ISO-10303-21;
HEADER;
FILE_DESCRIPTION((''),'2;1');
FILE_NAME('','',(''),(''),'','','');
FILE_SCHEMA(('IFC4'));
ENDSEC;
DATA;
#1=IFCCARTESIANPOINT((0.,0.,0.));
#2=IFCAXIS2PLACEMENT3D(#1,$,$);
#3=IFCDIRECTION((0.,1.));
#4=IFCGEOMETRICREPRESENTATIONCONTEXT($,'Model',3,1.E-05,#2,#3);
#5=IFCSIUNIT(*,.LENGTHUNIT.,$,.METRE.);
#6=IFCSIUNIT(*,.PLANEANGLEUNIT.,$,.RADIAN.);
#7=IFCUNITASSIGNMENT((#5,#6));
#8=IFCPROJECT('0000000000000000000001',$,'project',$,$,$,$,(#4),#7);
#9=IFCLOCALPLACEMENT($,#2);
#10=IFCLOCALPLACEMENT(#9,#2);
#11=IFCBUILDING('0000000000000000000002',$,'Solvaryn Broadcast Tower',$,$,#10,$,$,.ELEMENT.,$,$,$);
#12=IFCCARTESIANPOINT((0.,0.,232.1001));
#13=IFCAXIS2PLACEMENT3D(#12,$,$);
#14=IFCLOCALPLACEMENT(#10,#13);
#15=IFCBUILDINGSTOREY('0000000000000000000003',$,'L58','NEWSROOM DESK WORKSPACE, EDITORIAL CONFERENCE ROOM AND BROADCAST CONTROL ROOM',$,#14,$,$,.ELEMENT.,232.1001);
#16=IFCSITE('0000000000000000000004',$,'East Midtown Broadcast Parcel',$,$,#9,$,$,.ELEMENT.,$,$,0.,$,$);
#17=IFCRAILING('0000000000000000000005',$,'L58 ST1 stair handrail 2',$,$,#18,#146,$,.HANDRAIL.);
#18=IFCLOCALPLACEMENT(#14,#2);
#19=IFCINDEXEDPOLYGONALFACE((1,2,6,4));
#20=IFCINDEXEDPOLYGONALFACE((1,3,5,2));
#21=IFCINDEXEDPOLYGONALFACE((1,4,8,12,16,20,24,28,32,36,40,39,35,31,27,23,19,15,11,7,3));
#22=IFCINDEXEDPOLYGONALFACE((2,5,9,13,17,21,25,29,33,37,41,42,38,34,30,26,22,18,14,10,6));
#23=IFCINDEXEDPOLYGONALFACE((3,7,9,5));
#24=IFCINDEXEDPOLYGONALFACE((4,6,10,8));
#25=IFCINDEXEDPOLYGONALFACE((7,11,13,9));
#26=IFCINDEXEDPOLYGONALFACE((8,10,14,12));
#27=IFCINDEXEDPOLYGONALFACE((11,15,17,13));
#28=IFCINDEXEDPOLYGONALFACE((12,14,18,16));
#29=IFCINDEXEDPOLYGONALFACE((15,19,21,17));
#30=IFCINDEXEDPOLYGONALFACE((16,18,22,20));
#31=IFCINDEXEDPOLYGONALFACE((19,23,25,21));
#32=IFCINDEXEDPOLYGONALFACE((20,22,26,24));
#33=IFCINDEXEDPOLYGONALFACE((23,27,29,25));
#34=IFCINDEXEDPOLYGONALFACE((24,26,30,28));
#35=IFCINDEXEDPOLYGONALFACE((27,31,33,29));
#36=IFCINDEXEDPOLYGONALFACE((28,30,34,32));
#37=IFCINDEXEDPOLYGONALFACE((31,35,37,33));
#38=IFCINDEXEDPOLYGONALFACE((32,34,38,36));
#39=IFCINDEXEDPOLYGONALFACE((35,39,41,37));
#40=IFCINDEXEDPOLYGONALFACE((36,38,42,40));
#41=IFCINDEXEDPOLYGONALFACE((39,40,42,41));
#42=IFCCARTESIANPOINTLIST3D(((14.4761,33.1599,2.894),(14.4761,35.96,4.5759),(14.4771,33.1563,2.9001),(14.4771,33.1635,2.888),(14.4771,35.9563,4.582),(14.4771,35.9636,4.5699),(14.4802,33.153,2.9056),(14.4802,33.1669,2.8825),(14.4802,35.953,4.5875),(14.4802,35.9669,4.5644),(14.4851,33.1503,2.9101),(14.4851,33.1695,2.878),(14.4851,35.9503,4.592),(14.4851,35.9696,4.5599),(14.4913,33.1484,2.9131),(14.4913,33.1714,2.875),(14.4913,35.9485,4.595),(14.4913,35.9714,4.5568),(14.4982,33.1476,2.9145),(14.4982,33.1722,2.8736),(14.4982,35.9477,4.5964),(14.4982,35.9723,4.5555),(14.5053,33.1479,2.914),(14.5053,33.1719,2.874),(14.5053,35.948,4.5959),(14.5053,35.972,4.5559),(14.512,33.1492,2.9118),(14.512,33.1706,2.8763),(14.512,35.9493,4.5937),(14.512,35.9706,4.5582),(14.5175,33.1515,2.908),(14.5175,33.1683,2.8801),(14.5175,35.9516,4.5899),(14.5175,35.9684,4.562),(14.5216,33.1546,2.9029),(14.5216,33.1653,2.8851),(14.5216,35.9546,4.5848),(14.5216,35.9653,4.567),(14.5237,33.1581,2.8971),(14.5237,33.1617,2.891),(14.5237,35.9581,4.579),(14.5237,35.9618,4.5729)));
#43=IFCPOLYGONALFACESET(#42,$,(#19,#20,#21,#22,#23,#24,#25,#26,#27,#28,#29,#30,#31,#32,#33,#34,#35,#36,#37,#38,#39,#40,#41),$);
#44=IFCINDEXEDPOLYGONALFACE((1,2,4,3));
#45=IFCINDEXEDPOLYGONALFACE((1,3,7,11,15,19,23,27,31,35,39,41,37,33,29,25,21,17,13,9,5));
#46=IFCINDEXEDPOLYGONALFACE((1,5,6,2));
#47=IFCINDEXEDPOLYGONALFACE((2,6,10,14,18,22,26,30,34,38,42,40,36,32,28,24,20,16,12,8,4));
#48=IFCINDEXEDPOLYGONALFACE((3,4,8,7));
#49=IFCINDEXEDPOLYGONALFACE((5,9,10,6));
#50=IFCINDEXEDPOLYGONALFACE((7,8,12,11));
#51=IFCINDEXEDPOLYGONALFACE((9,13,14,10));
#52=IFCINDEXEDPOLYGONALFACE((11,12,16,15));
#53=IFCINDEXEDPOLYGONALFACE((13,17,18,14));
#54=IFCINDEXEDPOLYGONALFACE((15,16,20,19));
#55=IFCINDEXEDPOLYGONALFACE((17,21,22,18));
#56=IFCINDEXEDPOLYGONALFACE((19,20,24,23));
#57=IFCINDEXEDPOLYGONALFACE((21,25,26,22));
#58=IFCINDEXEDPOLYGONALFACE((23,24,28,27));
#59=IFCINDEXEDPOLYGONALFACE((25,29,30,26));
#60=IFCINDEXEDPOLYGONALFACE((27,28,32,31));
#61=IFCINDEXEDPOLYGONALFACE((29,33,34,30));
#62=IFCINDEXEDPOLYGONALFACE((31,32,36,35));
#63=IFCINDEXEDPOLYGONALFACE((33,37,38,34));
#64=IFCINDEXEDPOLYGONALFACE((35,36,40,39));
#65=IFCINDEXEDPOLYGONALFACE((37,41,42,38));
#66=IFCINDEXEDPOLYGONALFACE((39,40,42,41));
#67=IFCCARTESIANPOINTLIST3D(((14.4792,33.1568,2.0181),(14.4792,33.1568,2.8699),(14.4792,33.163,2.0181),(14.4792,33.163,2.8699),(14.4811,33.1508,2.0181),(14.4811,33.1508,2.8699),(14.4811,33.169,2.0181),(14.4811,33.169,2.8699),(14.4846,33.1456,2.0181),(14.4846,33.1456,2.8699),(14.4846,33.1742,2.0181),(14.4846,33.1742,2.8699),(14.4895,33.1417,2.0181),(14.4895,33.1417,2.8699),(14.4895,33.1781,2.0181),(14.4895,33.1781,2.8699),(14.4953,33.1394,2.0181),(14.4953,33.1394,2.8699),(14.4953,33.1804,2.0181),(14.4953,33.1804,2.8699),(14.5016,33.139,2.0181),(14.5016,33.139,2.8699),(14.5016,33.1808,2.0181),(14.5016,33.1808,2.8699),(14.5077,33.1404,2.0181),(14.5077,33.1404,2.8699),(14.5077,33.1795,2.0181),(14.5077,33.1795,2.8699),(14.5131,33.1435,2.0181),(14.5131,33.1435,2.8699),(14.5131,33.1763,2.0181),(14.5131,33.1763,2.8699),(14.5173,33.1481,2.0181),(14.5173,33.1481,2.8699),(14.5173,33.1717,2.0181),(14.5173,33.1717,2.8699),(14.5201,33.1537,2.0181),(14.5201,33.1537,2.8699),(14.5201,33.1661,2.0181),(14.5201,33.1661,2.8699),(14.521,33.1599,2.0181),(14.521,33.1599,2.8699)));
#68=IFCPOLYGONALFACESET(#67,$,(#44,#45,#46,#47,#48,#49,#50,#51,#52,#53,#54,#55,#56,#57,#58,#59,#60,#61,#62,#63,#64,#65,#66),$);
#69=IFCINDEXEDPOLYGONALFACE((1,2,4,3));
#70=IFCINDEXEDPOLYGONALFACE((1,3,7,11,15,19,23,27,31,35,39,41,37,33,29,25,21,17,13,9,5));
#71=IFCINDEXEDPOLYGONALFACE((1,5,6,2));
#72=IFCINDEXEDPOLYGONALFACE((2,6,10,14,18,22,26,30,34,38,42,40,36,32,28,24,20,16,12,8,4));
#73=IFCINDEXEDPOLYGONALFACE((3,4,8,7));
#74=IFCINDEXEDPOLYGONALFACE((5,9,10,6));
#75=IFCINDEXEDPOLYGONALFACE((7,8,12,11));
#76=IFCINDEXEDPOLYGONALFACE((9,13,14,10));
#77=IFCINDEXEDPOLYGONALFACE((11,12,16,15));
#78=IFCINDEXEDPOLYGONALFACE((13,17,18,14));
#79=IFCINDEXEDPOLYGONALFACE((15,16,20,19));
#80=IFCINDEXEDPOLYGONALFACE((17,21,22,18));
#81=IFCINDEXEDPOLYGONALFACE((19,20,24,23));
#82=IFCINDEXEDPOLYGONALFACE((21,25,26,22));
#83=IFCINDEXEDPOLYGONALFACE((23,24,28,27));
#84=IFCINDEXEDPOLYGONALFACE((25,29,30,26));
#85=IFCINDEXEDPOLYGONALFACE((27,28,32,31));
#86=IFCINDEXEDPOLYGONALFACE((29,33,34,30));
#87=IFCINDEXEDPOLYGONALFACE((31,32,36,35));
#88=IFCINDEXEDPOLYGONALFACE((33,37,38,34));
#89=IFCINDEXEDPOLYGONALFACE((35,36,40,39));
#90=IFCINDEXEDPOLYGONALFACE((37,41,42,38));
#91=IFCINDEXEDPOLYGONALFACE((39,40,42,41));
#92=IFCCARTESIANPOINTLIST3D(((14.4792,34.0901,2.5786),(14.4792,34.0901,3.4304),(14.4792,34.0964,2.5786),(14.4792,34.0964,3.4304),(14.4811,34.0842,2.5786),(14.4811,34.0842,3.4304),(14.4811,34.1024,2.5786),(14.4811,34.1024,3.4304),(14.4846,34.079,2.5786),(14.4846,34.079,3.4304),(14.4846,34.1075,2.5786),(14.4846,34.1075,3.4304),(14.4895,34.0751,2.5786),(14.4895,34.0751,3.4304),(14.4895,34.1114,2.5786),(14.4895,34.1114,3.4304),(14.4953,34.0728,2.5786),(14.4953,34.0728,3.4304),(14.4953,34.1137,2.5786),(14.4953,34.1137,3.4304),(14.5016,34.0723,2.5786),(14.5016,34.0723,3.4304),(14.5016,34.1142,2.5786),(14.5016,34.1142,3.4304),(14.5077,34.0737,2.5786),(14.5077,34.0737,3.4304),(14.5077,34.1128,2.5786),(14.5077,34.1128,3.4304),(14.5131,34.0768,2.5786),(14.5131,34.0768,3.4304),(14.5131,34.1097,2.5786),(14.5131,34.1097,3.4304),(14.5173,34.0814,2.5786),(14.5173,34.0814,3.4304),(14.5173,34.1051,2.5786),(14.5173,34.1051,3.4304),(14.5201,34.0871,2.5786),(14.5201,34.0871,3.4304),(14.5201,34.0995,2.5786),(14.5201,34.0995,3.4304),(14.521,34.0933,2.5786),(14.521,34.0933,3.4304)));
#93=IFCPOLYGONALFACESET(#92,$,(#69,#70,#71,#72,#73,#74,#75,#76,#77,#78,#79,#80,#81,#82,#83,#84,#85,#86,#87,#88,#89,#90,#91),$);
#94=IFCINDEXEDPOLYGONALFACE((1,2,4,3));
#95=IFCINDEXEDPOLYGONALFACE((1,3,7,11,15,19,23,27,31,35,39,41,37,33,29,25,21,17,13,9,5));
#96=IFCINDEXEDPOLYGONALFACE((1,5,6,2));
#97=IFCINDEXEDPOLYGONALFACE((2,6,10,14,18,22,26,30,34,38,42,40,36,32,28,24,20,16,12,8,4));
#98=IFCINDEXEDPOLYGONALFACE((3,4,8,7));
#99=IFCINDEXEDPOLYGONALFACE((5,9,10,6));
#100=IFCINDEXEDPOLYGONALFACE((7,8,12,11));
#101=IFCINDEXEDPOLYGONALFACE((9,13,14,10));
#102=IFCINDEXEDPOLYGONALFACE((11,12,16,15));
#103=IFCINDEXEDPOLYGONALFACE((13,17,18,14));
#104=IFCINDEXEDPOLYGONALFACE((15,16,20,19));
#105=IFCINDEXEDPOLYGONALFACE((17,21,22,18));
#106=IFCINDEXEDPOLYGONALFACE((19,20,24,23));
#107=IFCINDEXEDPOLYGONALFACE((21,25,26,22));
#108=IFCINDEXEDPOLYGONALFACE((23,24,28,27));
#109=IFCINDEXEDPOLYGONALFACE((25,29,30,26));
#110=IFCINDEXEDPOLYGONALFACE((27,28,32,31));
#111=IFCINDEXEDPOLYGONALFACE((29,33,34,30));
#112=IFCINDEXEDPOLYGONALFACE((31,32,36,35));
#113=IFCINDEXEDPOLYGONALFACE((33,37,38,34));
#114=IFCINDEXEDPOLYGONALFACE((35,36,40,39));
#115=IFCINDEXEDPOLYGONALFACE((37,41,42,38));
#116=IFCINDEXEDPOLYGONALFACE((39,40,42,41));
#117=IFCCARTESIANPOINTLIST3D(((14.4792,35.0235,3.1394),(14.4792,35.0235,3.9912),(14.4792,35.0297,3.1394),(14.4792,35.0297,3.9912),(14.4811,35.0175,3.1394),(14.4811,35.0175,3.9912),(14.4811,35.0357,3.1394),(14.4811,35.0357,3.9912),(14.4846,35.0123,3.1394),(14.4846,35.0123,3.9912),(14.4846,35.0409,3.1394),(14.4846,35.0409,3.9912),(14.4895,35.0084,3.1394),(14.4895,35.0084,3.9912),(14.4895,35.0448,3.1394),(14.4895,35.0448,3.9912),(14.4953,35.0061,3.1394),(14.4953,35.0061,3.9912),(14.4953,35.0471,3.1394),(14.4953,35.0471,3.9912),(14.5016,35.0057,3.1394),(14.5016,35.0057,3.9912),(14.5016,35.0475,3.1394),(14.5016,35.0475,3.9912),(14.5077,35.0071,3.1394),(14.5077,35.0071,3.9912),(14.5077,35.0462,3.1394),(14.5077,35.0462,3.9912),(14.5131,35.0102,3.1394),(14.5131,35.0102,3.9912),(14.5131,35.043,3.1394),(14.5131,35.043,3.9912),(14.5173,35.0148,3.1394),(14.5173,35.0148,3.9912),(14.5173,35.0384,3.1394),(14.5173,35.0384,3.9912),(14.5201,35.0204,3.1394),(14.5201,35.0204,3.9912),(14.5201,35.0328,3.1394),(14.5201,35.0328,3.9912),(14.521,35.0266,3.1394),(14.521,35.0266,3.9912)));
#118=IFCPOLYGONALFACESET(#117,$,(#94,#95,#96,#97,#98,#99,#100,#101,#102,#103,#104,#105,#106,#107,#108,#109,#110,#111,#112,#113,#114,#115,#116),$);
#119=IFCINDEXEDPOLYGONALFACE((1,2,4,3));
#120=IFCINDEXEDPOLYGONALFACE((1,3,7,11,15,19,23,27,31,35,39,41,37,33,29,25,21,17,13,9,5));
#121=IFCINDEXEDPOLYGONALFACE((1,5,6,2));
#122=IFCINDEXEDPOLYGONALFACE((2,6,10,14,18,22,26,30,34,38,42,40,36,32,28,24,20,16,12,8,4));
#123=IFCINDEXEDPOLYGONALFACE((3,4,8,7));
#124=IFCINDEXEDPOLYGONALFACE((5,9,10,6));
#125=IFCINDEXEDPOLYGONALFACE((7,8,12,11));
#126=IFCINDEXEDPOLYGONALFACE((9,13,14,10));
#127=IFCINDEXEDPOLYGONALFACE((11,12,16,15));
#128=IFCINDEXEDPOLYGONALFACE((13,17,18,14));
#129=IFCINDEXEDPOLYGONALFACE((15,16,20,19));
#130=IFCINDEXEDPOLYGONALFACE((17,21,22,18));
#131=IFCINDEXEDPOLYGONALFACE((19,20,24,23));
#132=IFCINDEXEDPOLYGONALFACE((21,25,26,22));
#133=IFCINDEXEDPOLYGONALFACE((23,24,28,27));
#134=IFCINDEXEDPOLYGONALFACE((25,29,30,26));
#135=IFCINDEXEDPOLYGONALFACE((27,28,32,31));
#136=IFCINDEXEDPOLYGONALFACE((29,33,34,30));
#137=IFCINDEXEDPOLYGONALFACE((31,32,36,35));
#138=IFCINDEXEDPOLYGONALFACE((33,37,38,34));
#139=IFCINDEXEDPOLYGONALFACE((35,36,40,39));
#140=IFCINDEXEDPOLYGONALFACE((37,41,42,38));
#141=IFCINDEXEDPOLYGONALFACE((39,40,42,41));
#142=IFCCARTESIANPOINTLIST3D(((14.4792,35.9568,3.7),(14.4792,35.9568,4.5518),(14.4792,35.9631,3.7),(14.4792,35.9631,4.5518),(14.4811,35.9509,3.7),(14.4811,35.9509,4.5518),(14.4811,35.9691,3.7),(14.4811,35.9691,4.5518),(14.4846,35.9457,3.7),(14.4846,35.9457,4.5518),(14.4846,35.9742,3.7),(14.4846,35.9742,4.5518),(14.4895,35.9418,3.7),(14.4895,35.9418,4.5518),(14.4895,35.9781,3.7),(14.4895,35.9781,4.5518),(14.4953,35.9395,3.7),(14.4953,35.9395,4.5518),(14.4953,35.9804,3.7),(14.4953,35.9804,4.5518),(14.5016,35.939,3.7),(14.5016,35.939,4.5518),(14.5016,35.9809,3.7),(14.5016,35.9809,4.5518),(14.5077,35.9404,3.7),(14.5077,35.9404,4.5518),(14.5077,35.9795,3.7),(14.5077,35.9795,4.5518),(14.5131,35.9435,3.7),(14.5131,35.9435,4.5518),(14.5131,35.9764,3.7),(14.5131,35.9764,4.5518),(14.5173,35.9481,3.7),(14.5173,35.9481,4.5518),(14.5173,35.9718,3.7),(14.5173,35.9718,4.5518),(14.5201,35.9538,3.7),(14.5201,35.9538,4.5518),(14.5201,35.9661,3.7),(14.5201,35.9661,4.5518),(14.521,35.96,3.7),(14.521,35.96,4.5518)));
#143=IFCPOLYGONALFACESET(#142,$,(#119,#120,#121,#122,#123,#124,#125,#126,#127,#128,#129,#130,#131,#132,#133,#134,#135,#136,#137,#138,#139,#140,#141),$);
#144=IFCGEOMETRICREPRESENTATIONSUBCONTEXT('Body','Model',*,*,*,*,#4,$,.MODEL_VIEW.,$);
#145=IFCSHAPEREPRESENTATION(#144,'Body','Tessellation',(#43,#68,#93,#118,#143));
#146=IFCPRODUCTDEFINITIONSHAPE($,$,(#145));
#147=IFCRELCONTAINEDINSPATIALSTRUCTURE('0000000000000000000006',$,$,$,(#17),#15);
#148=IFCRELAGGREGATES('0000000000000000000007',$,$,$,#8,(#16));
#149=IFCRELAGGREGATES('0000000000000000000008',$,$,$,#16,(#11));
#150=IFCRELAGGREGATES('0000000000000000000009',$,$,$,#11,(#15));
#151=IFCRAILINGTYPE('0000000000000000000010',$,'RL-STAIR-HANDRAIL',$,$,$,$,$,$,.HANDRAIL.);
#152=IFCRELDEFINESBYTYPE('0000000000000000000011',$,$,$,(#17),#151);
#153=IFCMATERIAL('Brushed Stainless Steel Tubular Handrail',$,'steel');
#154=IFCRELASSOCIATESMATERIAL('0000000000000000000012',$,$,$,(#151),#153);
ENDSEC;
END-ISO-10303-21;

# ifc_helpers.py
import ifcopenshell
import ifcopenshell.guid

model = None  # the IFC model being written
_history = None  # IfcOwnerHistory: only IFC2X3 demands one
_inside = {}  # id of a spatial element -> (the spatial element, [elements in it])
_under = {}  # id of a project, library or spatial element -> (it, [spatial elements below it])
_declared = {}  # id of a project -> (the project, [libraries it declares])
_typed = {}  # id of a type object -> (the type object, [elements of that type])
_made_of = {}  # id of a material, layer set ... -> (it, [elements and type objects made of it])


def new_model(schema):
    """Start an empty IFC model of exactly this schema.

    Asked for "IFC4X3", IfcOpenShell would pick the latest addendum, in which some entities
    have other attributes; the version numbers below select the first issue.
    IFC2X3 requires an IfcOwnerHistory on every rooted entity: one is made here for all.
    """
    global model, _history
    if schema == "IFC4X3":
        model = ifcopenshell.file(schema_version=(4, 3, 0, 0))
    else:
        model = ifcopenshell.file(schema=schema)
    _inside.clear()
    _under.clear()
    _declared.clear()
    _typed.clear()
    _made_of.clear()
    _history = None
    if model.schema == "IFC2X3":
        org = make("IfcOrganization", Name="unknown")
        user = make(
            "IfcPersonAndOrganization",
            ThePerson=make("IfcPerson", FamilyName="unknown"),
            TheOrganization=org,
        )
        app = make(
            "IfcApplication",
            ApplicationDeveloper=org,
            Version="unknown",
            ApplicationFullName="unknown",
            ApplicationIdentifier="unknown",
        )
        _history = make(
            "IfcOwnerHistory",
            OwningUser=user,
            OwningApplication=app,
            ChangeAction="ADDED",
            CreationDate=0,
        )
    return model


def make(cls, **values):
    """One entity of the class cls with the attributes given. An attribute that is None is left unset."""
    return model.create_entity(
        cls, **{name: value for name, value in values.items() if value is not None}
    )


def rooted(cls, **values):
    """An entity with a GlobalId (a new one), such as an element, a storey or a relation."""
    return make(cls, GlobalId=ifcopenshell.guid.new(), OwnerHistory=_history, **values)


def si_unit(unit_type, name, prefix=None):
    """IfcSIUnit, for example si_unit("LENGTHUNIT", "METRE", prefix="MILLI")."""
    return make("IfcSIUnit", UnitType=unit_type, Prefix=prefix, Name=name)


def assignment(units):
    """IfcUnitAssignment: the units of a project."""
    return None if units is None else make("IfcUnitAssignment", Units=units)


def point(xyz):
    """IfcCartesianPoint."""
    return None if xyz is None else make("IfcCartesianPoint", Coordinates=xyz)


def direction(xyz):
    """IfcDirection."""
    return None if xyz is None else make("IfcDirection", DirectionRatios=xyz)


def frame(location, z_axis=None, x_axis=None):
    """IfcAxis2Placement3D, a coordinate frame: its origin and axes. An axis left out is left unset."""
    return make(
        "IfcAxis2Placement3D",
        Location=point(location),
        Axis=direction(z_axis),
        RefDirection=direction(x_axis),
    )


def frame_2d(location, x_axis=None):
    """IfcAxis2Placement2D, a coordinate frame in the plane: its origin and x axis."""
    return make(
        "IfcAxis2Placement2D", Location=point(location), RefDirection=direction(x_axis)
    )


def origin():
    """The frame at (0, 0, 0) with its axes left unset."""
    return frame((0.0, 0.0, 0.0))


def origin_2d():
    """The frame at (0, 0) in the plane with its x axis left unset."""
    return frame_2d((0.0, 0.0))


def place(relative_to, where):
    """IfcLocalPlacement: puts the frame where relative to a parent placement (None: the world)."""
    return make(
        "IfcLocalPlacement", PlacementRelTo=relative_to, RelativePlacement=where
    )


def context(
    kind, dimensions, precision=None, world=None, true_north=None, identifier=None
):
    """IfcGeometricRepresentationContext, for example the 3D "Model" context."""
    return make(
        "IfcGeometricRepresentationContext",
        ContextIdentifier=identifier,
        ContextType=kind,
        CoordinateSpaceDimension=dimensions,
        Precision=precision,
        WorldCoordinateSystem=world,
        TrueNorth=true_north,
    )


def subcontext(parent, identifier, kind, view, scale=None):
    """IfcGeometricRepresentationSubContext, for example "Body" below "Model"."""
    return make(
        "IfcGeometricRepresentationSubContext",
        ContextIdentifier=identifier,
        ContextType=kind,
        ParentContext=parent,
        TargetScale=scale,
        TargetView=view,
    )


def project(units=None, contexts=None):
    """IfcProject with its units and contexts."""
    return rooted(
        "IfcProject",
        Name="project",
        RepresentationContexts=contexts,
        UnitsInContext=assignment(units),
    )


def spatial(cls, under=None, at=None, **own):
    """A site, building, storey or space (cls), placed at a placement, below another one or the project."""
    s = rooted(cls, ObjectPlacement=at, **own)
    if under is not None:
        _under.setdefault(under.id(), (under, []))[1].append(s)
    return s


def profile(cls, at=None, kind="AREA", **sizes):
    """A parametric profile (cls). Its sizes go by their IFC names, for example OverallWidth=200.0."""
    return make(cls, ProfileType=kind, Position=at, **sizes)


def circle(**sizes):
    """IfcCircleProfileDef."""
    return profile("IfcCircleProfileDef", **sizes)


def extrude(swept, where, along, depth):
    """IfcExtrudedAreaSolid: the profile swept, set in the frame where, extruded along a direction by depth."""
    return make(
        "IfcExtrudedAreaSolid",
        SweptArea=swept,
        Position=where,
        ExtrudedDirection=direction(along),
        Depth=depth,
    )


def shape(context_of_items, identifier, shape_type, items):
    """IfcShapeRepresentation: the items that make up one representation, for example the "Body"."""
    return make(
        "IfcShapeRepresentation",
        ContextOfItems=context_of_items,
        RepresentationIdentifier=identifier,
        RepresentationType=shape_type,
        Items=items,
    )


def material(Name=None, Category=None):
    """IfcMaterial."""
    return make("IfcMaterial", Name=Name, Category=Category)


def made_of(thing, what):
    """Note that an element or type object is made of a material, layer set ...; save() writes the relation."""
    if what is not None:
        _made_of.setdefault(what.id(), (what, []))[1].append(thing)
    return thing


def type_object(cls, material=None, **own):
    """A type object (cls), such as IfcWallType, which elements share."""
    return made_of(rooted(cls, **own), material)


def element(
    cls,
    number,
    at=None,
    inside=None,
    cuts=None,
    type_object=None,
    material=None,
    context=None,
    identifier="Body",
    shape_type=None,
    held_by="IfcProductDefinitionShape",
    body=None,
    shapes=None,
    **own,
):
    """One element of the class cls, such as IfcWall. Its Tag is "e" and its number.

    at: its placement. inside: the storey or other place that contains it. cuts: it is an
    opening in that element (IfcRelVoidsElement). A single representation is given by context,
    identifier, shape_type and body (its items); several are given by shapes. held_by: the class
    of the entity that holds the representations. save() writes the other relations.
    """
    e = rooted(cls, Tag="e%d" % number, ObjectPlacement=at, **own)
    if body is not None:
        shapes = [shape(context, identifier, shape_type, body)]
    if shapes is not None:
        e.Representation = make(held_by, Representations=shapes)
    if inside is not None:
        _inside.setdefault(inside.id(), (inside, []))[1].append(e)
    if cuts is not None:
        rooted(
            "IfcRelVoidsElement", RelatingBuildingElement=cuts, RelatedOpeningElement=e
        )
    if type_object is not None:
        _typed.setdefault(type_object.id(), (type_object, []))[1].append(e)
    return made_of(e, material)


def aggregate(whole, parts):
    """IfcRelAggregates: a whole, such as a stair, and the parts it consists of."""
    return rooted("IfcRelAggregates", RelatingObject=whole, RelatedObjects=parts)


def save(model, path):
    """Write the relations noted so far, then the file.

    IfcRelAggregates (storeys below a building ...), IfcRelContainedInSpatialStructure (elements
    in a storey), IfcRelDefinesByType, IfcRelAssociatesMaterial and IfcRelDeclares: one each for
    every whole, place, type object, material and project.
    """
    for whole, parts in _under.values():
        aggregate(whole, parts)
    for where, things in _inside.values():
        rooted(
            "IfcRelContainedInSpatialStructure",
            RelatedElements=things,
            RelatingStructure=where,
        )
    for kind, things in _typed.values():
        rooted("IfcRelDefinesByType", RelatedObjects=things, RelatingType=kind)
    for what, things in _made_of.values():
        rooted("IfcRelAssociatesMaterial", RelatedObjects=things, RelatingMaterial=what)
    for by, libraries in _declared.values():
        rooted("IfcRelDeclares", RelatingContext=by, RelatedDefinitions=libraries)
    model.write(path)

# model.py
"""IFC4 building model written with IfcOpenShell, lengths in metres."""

from ifc_helpers import new_model, si_unit, direction, frame, origin, origin_2d, place, context, subcontext, project, spatial, circle, extrude, material, type_object, element, save


model = new_model("IFC4")

# Units and contexts
model_context = context("Model", 3, precision=1e-05, world=origin(), true_north=direction((0.0, 1.0)))
body_context = subcontext(model_context, "Body", "Model", "MODEL_VIEW")
ifc_project = project(units=[si_unit("LENGTHUNIT", "METRE"), si_unit("PLANEANGLEUNIT", "RADIAN")], contexts=[model_context])

# Site, building, storey
site_placement = place(None, origin())
site = spatial("IfcSite", under=ifc_project, at=site_placement, Name="East Midtown Broadcast Parcel", CompositionType="ELEMENT", RefElevation=0.0)
building_placement = place(site_placement, origin())
building = spatial("IfcBuilding", under=site, at=building_placement, Name="Solvaryn Broadcast Tower", CompositionType="ELEMENT")
storey_placement = place(building_placement, frame((0.0, 0.0, 232.1001)))
storey = spatial("IfcBuildingStorey", under=building, at=storey_placement, Name="L58", Description="NEWSROOM DESK WORKSPACE, EDITORIAL CONFERENCE ROOM AND BROADCAST CONTROL ROOM", CompositionType="ELEMENT", Elevation=232.1001)

# Railing
ifc_material_1 = material(Name="Brushed Stainless Steel Tubular Handrail", Category="steel")
railing_type_1 = type_object("IfcRailingType", Name="RL-STAIR-HANDRAIL", PredefinedType="HANDRAIL", material=ifc_material_1)
railing_1_placement = place(storey_placement, frame((14.5, 33.1599, 2.0181)))
element("IfcRailing", 1, at=railing_1_placement, inside=storey, type_object=railing_type_1, Name="L58 ST1 stair handrail 2", PredefinedType="HANDRAIL", context=body_context, shape_type="SweptSolid", body=[
    extrude(circle(Radius=0.0239, at=origin_2d()), frame((0.0, 0.0, 0.876), z_axis=(0.0, 0.857242, 0.514913), x_axis=(-1.0, 0.0, 0.0)), (0.0, 0.0, 1.0), 3.2664),
    extrude(circle(Radius=0.021, at=origin_2d()), origin(), (0.0, 0.0, 1.0), 0.8518),
    extrude(circle(Radius=0.021, at=origin_2d()), frame((0.0, 0.9333, 0.5605)), (0.0, 0.0, 1.0), 0.8518),
    extrude(circle(Radius=0.021, at=origin_2d()), frame((0.0, 1.8667, 1.1213)), (0.0, 0.0, 1.0), 0.8518),
    extrude(circle(Radius=0.021, at=origin_2d()), frame((0.0, 2.8, 1.6819)), (0.0, 0.0, 1.0), 0.8518),
])

save(model, "model.ifc")
